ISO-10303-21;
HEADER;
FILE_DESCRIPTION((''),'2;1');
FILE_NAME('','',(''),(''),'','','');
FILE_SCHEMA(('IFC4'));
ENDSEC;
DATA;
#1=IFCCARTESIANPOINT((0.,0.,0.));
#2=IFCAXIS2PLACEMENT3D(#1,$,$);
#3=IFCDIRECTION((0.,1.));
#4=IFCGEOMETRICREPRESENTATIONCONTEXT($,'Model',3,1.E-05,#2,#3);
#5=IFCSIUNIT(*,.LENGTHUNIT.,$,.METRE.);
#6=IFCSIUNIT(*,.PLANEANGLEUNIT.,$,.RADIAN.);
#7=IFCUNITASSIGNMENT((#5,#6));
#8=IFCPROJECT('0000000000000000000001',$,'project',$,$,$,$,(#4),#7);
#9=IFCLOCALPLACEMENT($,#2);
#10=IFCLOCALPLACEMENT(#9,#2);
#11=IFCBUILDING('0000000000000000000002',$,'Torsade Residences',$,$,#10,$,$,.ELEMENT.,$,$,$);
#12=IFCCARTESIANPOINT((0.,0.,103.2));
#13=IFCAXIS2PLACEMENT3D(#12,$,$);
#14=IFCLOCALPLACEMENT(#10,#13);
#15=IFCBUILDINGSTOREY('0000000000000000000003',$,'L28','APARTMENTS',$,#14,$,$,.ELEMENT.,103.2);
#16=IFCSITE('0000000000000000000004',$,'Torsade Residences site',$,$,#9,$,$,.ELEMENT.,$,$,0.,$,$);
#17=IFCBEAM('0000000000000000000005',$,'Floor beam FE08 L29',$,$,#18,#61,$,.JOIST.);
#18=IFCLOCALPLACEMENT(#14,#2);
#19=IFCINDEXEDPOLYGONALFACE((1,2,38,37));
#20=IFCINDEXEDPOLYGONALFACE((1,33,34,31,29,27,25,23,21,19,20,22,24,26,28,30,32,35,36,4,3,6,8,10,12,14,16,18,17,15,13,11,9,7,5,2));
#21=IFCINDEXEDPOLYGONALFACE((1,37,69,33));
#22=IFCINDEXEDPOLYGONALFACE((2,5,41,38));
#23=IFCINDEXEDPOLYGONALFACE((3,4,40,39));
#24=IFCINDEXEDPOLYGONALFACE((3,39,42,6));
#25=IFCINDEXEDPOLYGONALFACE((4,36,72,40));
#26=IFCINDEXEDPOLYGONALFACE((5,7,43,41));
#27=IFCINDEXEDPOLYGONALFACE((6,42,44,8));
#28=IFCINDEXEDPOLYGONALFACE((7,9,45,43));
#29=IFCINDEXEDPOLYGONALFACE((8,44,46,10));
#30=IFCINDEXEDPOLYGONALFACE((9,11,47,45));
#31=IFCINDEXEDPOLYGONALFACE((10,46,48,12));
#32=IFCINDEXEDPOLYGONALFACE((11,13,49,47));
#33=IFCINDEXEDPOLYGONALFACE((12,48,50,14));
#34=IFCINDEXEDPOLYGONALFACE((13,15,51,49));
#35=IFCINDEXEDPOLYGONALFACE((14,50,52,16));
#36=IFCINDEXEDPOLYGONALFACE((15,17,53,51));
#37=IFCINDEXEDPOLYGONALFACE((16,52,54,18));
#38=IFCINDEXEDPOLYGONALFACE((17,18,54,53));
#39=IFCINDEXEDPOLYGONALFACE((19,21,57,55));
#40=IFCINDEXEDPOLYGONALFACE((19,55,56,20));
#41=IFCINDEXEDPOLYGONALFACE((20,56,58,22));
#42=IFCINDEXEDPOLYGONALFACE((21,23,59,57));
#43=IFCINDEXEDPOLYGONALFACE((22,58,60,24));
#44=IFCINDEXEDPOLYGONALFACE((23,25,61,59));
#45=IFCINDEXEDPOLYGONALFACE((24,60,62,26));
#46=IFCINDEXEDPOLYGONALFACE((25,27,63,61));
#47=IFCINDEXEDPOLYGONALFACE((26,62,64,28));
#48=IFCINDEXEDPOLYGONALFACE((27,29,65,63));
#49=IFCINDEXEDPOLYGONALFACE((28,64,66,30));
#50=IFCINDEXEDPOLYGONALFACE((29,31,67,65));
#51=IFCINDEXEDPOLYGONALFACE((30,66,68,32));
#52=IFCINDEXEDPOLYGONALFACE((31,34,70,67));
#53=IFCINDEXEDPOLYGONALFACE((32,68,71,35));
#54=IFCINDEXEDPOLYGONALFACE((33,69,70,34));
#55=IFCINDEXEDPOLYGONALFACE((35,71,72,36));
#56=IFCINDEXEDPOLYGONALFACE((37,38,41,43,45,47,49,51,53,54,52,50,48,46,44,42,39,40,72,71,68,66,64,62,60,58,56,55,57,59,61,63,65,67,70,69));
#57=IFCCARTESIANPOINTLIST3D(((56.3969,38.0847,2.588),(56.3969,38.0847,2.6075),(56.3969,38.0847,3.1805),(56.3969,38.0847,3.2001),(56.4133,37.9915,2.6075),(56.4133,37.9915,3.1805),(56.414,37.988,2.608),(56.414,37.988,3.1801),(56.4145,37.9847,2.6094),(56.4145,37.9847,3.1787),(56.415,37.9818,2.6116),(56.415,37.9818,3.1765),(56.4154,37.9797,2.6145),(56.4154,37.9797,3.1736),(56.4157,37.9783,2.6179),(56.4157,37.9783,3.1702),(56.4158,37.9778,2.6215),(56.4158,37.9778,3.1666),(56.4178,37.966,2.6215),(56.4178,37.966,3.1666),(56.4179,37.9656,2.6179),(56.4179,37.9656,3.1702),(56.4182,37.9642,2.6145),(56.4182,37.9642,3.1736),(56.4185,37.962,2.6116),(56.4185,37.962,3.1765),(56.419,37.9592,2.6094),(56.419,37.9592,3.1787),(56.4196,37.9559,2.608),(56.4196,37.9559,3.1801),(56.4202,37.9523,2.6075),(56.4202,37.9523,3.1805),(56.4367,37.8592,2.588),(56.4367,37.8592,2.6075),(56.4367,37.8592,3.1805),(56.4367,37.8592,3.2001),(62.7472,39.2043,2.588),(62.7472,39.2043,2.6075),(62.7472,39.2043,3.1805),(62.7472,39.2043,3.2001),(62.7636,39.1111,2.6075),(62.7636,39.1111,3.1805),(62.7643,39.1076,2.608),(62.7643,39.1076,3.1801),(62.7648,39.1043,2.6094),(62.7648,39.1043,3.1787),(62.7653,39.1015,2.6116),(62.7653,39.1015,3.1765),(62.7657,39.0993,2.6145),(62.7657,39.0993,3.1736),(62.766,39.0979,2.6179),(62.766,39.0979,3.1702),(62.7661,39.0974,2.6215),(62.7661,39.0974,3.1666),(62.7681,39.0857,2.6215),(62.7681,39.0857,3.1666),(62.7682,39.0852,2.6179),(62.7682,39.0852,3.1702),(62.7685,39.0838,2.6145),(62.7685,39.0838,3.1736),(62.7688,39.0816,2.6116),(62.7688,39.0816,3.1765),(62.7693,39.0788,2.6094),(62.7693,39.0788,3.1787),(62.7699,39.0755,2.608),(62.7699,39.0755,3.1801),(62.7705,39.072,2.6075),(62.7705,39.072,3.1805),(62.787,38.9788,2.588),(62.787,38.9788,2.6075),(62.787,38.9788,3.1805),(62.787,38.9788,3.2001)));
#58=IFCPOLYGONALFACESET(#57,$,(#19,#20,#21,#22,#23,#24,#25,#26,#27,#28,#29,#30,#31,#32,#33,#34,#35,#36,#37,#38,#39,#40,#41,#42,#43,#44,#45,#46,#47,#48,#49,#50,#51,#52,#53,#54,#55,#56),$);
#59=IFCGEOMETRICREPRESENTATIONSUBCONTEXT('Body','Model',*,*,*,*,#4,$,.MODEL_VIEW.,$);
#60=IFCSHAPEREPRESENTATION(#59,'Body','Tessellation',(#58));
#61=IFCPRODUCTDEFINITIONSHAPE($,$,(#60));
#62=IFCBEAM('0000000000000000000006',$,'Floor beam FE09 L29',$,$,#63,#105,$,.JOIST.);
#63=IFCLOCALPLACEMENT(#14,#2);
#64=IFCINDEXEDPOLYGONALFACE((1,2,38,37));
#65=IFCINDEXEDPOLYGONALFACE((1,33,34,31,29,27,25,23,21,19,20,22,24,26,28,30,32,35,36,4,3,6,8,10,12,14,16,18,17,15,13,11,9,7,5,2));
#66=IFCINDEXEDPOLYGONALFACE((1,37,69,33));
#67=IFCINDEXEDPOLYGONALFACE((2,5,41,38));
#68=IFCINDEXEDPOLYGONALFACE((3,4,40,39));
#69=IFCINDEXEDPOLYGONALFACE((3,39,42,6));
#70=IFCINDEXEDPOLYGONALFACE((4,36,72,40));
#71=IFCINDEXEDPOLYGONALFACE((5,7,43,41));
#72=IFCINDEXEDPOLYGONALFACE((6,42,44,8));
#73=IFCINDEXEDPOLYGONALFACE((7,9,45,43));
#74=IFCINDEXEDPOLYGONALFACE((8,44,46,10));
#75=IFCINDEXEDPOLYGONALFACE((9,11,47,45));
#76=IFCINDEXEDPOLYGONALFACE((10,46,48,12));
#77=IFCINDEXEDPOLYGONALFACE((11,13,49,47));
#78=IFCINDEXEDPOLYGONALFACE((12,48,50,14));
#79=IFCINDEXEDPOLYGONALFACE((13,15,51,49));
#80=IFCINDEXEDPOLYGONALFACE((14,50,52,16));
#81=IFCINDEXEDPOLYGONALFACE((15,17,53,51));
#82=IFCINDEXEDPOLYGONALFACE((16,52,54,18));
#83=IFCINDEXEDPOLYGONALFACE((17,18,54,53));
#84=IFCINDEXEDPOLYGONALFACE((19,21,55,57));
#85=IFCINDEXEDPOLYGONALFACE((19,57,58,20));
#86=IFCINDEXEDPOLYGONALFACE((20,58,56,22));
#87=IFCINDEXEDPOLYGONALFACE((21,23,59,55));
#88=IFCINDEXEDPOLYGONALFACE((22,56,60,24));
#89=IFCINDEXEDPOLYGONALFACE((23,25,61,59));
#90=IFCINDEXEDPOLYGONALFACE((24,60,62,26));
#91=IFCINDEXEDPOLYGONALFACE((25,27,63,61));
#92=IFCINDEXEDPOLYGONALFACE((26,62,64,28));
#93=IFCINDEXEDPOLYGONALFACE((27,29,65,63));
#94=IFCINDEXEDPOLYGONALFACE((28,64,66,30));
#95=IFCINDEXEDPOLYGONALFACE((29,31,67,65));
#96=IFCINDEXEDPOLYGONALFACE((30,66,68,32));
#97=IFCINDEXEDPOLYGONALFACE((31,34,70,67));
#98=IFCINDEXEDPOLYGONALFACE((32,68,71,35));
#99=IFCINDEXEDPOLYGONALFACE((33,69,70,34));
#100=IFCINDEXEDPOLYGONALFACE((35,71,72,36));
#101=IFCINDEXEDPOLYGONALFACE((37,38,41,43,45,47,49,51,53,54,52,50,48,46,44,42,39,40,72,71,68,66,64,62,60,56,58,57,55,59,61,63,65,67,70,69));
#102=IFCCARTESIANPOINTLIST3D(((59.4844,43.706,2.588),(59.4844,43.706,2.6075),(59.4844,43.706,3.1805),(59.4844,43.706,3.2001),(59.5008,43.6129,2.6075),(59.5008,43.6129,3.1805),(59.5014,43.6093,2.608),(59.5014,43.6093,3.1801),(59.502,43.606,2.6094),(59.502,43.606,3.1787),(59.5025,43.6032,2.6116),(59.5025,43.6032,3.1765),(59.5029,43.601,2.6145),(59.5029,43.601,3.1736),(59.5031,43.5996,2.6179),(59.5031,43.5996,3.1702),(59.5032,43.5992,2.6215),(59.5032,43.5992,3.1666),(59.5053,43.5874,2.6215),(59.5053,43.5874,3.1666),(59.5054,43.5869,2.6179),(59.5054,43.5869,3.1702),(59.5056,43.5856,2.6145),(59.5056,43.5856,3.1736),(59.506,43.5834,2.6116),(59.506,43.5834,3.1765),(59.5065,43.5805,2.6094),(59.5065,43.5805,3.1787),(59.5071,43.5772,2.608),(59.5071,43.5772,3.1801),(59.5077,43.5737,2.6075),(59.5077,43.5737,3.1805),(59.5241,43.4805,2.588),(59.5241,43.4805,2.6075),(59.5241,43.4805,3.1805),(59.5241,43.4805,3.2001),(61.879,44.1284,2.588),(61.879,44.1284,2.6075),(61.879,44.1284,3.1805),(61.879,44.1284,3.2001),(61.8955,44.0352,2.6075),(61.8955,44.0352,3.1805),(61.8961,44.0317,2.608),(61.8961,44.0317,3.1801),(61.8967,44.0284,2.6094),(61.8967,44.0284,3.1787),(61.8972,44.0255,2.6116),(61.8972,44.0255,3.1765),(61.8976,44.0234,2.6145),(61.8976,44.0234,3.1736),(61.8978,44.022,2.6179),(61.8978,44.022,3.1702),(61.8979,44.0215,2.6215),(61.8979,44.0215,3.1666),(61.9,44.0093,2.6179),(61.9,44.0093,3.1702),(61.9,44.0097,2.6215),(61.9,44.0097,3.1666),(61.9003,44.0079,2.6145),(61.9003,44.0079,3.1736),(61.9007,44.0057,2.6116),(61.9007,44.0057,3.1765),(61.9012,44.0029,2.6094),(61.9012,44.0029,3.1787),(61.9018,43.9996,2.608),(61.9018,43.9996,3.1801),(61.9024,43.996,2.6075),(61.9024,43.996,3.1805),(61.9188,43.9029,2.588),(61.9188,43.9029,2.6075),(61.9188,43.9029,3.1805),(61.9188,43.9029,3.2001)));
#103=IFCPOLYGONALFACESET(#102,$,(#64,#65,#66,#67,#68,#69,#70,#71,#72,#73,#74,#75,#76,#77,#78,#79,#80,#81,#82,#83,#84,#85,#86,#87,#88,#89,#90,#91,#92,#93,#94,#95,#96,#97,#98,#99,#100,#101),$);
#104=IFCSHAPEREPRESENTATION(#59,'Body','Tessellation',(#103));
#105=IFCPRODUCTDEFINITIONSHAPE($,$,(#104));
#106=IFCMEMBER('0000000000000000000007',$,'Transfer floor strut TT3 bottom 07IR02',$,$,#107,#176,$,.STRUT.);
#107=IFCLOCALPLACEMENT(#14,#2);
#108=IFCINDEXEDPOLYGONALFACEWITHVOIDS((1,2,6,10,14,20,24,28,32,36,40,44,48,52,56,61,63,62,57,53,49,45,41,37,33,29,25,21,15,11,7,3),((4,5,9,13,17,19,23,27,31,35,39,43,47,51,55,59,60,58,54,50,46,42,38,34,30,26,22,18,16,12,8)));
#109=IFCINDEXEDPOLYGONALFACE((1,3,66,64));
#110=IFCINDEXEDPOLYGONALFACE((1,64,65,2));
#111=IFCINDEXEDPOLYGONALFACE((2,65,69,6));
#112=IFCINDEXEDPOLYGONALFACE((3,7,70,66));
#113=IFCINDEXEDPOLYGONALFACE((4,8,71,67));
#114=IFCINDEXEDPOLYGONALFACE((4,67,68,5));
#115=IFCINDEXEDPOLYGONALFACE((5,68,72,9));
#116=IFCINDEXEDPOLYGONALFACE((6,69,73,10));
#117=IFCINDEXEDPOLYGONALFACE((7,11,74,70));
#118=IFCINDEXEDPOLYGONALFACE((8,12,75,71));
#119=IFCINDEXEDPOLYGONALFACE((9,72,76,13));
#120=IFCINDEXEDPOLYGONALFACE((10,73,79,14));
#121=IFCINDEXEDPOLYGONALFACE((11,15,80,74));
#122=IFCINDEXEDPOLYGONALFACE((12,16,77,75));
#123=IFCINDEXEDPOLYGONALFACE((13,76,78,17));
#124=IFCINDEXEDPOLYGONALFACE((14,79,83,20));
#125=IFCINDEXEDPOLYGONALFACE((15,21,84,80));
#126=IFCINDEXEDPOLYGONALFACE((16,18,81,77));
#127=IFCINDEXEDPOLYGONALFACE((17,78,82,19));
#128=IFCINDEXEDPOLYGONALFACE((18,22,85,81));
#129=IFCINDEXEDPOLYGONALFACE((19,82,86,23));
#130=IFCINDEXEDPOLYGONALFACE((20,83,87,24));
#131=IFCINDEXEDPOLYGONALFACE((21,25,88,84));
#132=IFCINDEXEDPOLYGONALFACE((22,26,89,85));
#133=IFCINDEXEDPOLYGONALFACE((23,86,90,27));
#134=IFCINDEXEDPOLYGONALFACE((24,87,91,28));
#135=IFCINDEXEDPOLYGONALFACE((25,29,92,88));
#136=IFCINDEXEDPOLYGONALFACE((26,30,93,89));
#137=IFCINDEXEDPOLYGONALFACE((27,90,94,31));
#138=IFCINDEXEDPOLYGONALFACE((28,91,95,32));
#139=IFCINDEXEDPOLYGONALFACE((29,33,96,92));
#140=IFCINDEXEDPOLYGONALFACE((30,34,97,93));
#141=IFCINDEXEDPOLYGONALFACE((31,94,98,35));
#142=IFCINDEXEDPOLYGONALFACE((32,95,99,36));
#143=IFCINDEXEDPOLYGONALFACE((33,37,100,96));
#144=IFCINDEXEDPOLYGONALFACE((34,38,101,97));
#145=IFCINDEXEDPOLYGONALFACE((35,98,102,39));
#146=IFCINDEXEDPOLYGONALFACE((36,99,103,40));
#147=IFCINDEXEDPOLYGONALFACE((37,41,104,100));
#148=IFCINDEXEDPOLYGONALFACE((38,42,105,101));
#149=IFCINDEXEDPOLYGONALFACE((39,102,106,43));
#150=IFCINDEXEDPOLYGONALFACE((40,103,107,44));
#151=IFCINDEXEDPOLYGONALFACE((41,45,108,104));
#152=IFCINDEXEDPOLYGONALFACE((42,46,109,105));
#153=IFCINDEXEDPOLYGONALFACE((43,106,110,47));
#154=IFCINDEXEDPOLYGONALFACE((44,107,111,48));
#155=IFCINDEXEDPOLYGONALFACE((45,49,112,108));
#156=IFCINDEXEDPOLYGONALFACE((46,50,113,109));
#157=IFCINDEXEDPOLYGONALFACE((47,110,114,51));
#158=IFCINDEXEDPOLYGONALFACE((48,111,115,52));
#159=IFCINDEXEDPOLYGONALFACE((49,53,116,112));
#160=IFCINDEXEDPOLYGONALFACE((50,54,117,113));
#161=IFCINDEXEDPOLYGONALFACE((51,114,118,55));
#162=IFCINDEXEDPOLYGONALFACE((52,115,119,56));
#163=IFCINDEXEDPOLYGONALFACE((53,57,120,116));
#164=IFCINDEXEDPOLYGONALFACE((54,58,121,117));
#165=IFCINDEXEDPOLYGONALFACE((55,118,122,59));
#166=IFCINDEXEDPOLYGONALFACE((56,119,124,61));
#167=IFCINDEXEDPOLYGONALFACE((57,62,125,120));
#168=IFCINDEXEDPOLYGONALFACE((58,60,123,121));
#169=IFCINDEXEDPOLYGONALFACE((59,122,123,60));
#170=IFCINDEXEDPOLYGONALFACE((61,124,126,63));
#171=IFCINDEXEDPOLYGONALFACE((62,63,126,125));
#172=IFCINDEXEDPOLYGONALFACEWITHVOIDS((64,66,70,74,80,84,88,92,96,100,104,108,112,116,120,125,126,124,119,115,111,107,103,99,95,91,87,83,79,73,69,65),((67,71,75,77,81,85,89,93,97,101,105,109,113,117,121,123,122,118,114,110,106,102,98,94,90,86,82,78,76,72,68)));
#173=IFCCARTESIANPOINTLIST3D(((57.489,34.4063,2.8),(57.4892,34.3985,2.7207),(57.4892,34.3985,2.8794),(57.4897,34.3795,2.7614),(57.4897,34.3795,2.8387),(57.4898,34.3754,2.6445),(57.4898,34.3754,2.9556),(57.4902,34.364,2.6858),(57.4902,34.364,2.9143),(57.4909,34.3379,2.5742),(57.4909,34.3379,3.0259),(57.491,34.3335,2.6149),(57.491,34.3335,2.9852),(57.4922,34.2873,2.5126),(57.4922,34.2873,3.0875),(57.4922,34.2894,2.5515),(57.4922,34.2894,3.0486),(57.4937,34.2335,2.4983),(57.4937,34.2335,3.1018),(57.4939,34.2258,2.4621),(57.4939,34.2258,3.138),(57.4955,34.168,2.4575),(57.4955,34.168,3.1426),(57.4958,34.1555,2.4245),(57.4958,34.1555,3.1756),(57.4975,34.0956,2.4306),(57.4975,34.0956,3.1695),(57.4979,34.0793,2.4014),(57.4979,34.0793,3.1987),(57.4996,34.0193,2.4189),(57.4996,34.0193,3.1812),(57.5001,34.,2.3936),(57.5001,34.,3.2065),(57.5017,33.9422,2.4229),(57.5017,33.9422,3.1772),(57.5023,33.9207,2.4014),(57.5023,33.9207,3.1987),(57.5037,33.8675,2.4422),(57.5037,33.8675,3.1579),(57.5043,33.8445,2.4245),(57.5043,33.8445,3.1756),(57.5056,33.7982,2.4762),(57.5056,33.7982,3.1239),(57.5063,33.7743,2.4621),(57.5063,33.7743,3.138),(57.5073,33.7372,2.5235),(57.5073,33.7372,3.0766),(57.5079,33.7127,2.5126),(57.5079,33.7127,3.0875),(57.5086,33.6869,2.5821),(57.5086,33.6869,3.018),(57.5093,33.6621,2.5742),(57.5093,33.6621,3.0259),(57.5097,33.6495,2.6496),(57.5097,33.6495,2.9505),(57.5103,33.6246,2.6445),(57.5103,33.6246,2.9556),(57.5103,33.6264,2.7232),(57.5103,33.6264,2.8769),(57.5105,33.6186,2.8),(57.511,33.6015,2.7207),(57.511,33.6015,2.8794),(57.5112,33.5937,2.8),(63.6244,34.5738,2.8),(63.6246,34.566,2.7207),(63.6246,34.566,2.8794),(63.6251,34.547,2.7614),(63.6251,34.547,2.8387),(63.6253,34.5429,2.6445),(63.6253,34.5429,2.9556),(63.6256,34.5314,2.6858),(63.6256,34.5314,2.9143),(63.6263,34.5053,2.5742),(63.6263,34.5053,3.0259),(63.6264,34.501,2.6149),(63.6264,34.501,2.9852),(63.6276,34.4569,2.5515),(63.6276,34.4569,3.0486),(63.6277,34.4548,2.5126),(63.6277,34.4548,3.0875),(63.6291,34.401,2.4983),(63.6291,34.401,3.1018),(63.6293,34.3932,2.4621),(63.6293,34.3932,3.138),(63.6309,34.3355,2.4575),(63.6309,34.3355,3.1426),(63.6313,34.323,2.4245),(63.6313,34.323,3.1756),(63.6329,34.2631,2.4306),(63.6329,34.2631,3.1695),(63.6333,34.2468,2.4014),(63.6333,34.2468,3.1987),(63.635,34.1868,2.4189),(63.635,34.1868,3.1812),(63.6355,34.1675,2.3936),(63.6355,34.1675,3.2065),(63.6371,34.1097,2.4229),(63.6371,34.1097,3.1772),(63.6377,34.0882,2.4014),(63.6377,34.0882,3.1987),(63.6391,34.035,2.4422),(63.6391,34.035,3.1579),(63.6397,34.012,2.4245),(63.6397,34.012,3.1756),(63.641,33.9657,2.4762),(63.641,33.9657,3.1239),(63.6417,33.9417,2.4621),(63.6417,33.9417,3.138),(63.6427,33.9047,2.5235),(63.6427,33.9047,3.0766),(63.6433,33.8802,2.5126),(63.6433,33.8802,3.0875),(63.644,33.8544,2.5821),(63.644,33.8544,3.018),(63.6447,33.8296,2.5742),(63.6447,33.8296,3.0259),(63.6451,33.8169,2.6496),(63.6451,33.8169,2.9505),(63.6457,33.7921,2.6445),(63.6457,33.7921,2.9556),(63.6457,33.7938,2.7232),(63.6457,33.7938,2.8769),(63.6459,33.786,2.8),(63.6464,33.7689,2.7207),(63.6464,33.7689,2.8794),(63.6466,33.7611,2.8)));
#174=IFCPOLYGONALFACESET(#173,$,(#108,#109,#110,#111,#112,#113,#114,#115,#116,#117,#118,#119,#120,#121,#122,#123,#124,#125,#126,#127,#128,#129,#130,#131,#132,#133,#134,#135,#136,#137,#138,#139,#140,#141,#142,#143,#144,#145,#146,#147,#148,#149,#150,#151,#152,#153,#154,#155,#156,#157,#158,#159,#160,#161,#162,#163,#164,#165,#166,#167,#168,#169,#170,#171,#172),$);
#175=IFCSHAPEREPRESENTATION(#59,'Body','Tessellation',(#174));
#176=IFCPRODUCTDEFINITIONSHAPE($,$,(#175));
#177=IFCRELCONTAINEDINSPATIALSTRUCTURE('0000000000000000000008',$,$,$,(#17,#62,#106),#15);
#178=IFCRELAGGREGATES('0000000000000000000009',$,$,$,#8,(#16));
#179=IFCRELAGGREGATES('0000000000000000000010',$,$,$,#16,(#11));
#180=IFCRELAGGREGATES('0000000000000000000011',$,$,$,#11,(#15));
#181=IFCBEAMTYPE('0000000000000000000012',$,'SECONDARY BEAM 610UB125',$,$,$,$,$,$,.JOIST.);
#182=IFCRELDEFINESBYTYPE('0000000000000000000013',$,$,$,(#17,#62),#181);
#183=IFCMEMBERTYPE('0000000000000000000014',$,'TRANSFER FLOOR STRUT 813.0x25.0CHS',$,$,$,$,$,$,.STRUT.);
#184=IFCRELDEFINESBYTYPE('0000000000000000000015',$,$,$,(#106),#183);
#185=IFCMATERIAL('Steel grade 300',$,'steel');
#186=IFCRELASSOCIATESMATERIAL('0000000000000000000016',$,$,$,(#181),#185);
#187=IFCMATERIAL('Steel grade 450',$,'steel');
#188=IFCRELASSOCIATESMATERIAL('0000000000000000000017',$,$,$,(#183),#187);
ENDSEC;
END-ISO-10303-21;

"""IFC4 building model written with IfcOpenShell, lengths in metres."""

from ifc_helpers import new_model, si_unit, direction, frame, origin, origin_2d, place, context, subcontext, project, spatial, hollow_circle, i_section, extrude, material, material_profile, profile_set, type_object, element, save


model = new_model("IFC4")

# Units and contexts
model_context = context("Model", 3, precision=1e-05, world=origin(), true_north=direction((0.0, 1.0)))
body_context = subcontext(model_context, "Body", "Model", "MODEL_VIEW")
ifc_project = project(units=[si_unit("LENGTHUNIT", "METRE"), si_unit("PLANEANGLEUNIT", "RADIAN")], contexts=[model_context])

# Site, building, storey
site_placement = place(None, origin())
site = spatial("IfcSite", under=ifc_project, at=site_placement, Name="Torsade Residences site", CompositionType="ELEMENT", RefElevation=0.0)
building_placement = place(site_placement, origin())
building = spatial("IfcBuilding", under=site, at=building_placement, Name="Torsade Residences", CompositionType="ELEMENT")
storey_placement = place(building_placement, frame((0.0, 0.0, 103.2)))
storey = spatial("IfcBuildingStorey", under=building, at=storey_placement, Name="L28", Description="APARTMENTS", CompositionType="ELEMENT", Elevation=103.2)

# Beams
ifc_material_1 = material(Name="Steel grade 300", Category="steel")
ifc_material_profile_1 = material_profile(ifc_material_1, i_section(OverallWidth=0.229, OverallDepth=0.6121, WebThickness=0.012, FlangeThickness=0.0195, FilletRadius=0.0139, at=origin_2d()), Name="610UB125")
ifc_profile_set_1 = profile_set([ifc_material_profile_1], Name="Steel grade 300")
beam_type_1 = type_object("IfcBeamType", Name="SECONDARY BEAM 610UB125", PredefinedType="JOIST", material=ifc_profile_set_1)
beam_1_placement = place(storey_placement, frame((62.7671, 39.0916, 2.894), z_axis=(-0.984811, -0.173632, 0.0), x_axis=(0.173632, -0.984811, 0.0)))
element("IfcBeam", 1, at=beam_1_placement, inside=storey, type_object=beam_type_1, Name="Floor beam FE08 L29", PredefinedType="JOIST", context=body_context, shape_type="SweptSolid", body=[
    extrude(i_section(OverallWidth=0.229, OverallDepth=0.6121, WebThickness=0.012, FlangeThickness=0.0195, FilletRadius=0.0139, at=origin_2d()), origin(), (0.0, 0.0, 1.0), 6.4482),
])
beam_2_placement = place(storey_placement, frame((61.8989, 44.0156, 2.894), z_axis=(-0.984801, -0.173688, 0.0), x_axis=(0.173688, -0.984801, 0.0)))
element("IfcBeam", 2, at=beam_2_placement, inside=storey, type_object=beam_type_1, Name="Floor beam FE09 L29", PredefinedType="JOIST", context=body_context, shape_type="SweptSolid", body=[
    extrude(i_section(OverallWidth=0.229, OverallDepth=0.6121, WebThickness=0.012, FlangeThickness=0.0195, FilletRadius=0.0139, at=origin_2d()), origin(), (0.0, 0.0, 1.0), 2.4316),
])

# Member
ifc_material_2 = material(Name="Steel grade 450", Category="steel")
ifc_material_profile_2 = material_profile(ifc_material_2, hollow_circle(Radius=0.4065, WallThickness=0.0249, at=origin_2d()), Name="813.0x25.0CHS")
ifc_profile_set_2 = profile_set([ifc_material_profile_2], Name="Steel grade 450")
member_type_1 = type_object("IfcMemberType", Name="TRANSFER FLOOR STRUT 813.0x25.0CHS", PredefinedType="STRUT", material=ifc_profile_set_2)
member_1_placement = place(storey_placement, frame((63.6355, 34.1675, 2.8), z_axis=(-0.999628, -0.027287, 0.0), x_axis=(0.027287, -0.999628, 0.0)))
element("IfcMember", 3, at=member_1_placement, inside=storey, type_object=member_type_1, Name="Transfer floor strut TT3 bottom 07IR02", PredefinedType="STRUT", context=body_context, shape_type="SweptSolid", body=[
    extrude(hollow_circle(Radius=0.4065, WallThickness=0.0249, at=origin_2d()), origin(), (0.0, 0.0, 1.0), 6.1377),
])

save(model, "model.ifc")
